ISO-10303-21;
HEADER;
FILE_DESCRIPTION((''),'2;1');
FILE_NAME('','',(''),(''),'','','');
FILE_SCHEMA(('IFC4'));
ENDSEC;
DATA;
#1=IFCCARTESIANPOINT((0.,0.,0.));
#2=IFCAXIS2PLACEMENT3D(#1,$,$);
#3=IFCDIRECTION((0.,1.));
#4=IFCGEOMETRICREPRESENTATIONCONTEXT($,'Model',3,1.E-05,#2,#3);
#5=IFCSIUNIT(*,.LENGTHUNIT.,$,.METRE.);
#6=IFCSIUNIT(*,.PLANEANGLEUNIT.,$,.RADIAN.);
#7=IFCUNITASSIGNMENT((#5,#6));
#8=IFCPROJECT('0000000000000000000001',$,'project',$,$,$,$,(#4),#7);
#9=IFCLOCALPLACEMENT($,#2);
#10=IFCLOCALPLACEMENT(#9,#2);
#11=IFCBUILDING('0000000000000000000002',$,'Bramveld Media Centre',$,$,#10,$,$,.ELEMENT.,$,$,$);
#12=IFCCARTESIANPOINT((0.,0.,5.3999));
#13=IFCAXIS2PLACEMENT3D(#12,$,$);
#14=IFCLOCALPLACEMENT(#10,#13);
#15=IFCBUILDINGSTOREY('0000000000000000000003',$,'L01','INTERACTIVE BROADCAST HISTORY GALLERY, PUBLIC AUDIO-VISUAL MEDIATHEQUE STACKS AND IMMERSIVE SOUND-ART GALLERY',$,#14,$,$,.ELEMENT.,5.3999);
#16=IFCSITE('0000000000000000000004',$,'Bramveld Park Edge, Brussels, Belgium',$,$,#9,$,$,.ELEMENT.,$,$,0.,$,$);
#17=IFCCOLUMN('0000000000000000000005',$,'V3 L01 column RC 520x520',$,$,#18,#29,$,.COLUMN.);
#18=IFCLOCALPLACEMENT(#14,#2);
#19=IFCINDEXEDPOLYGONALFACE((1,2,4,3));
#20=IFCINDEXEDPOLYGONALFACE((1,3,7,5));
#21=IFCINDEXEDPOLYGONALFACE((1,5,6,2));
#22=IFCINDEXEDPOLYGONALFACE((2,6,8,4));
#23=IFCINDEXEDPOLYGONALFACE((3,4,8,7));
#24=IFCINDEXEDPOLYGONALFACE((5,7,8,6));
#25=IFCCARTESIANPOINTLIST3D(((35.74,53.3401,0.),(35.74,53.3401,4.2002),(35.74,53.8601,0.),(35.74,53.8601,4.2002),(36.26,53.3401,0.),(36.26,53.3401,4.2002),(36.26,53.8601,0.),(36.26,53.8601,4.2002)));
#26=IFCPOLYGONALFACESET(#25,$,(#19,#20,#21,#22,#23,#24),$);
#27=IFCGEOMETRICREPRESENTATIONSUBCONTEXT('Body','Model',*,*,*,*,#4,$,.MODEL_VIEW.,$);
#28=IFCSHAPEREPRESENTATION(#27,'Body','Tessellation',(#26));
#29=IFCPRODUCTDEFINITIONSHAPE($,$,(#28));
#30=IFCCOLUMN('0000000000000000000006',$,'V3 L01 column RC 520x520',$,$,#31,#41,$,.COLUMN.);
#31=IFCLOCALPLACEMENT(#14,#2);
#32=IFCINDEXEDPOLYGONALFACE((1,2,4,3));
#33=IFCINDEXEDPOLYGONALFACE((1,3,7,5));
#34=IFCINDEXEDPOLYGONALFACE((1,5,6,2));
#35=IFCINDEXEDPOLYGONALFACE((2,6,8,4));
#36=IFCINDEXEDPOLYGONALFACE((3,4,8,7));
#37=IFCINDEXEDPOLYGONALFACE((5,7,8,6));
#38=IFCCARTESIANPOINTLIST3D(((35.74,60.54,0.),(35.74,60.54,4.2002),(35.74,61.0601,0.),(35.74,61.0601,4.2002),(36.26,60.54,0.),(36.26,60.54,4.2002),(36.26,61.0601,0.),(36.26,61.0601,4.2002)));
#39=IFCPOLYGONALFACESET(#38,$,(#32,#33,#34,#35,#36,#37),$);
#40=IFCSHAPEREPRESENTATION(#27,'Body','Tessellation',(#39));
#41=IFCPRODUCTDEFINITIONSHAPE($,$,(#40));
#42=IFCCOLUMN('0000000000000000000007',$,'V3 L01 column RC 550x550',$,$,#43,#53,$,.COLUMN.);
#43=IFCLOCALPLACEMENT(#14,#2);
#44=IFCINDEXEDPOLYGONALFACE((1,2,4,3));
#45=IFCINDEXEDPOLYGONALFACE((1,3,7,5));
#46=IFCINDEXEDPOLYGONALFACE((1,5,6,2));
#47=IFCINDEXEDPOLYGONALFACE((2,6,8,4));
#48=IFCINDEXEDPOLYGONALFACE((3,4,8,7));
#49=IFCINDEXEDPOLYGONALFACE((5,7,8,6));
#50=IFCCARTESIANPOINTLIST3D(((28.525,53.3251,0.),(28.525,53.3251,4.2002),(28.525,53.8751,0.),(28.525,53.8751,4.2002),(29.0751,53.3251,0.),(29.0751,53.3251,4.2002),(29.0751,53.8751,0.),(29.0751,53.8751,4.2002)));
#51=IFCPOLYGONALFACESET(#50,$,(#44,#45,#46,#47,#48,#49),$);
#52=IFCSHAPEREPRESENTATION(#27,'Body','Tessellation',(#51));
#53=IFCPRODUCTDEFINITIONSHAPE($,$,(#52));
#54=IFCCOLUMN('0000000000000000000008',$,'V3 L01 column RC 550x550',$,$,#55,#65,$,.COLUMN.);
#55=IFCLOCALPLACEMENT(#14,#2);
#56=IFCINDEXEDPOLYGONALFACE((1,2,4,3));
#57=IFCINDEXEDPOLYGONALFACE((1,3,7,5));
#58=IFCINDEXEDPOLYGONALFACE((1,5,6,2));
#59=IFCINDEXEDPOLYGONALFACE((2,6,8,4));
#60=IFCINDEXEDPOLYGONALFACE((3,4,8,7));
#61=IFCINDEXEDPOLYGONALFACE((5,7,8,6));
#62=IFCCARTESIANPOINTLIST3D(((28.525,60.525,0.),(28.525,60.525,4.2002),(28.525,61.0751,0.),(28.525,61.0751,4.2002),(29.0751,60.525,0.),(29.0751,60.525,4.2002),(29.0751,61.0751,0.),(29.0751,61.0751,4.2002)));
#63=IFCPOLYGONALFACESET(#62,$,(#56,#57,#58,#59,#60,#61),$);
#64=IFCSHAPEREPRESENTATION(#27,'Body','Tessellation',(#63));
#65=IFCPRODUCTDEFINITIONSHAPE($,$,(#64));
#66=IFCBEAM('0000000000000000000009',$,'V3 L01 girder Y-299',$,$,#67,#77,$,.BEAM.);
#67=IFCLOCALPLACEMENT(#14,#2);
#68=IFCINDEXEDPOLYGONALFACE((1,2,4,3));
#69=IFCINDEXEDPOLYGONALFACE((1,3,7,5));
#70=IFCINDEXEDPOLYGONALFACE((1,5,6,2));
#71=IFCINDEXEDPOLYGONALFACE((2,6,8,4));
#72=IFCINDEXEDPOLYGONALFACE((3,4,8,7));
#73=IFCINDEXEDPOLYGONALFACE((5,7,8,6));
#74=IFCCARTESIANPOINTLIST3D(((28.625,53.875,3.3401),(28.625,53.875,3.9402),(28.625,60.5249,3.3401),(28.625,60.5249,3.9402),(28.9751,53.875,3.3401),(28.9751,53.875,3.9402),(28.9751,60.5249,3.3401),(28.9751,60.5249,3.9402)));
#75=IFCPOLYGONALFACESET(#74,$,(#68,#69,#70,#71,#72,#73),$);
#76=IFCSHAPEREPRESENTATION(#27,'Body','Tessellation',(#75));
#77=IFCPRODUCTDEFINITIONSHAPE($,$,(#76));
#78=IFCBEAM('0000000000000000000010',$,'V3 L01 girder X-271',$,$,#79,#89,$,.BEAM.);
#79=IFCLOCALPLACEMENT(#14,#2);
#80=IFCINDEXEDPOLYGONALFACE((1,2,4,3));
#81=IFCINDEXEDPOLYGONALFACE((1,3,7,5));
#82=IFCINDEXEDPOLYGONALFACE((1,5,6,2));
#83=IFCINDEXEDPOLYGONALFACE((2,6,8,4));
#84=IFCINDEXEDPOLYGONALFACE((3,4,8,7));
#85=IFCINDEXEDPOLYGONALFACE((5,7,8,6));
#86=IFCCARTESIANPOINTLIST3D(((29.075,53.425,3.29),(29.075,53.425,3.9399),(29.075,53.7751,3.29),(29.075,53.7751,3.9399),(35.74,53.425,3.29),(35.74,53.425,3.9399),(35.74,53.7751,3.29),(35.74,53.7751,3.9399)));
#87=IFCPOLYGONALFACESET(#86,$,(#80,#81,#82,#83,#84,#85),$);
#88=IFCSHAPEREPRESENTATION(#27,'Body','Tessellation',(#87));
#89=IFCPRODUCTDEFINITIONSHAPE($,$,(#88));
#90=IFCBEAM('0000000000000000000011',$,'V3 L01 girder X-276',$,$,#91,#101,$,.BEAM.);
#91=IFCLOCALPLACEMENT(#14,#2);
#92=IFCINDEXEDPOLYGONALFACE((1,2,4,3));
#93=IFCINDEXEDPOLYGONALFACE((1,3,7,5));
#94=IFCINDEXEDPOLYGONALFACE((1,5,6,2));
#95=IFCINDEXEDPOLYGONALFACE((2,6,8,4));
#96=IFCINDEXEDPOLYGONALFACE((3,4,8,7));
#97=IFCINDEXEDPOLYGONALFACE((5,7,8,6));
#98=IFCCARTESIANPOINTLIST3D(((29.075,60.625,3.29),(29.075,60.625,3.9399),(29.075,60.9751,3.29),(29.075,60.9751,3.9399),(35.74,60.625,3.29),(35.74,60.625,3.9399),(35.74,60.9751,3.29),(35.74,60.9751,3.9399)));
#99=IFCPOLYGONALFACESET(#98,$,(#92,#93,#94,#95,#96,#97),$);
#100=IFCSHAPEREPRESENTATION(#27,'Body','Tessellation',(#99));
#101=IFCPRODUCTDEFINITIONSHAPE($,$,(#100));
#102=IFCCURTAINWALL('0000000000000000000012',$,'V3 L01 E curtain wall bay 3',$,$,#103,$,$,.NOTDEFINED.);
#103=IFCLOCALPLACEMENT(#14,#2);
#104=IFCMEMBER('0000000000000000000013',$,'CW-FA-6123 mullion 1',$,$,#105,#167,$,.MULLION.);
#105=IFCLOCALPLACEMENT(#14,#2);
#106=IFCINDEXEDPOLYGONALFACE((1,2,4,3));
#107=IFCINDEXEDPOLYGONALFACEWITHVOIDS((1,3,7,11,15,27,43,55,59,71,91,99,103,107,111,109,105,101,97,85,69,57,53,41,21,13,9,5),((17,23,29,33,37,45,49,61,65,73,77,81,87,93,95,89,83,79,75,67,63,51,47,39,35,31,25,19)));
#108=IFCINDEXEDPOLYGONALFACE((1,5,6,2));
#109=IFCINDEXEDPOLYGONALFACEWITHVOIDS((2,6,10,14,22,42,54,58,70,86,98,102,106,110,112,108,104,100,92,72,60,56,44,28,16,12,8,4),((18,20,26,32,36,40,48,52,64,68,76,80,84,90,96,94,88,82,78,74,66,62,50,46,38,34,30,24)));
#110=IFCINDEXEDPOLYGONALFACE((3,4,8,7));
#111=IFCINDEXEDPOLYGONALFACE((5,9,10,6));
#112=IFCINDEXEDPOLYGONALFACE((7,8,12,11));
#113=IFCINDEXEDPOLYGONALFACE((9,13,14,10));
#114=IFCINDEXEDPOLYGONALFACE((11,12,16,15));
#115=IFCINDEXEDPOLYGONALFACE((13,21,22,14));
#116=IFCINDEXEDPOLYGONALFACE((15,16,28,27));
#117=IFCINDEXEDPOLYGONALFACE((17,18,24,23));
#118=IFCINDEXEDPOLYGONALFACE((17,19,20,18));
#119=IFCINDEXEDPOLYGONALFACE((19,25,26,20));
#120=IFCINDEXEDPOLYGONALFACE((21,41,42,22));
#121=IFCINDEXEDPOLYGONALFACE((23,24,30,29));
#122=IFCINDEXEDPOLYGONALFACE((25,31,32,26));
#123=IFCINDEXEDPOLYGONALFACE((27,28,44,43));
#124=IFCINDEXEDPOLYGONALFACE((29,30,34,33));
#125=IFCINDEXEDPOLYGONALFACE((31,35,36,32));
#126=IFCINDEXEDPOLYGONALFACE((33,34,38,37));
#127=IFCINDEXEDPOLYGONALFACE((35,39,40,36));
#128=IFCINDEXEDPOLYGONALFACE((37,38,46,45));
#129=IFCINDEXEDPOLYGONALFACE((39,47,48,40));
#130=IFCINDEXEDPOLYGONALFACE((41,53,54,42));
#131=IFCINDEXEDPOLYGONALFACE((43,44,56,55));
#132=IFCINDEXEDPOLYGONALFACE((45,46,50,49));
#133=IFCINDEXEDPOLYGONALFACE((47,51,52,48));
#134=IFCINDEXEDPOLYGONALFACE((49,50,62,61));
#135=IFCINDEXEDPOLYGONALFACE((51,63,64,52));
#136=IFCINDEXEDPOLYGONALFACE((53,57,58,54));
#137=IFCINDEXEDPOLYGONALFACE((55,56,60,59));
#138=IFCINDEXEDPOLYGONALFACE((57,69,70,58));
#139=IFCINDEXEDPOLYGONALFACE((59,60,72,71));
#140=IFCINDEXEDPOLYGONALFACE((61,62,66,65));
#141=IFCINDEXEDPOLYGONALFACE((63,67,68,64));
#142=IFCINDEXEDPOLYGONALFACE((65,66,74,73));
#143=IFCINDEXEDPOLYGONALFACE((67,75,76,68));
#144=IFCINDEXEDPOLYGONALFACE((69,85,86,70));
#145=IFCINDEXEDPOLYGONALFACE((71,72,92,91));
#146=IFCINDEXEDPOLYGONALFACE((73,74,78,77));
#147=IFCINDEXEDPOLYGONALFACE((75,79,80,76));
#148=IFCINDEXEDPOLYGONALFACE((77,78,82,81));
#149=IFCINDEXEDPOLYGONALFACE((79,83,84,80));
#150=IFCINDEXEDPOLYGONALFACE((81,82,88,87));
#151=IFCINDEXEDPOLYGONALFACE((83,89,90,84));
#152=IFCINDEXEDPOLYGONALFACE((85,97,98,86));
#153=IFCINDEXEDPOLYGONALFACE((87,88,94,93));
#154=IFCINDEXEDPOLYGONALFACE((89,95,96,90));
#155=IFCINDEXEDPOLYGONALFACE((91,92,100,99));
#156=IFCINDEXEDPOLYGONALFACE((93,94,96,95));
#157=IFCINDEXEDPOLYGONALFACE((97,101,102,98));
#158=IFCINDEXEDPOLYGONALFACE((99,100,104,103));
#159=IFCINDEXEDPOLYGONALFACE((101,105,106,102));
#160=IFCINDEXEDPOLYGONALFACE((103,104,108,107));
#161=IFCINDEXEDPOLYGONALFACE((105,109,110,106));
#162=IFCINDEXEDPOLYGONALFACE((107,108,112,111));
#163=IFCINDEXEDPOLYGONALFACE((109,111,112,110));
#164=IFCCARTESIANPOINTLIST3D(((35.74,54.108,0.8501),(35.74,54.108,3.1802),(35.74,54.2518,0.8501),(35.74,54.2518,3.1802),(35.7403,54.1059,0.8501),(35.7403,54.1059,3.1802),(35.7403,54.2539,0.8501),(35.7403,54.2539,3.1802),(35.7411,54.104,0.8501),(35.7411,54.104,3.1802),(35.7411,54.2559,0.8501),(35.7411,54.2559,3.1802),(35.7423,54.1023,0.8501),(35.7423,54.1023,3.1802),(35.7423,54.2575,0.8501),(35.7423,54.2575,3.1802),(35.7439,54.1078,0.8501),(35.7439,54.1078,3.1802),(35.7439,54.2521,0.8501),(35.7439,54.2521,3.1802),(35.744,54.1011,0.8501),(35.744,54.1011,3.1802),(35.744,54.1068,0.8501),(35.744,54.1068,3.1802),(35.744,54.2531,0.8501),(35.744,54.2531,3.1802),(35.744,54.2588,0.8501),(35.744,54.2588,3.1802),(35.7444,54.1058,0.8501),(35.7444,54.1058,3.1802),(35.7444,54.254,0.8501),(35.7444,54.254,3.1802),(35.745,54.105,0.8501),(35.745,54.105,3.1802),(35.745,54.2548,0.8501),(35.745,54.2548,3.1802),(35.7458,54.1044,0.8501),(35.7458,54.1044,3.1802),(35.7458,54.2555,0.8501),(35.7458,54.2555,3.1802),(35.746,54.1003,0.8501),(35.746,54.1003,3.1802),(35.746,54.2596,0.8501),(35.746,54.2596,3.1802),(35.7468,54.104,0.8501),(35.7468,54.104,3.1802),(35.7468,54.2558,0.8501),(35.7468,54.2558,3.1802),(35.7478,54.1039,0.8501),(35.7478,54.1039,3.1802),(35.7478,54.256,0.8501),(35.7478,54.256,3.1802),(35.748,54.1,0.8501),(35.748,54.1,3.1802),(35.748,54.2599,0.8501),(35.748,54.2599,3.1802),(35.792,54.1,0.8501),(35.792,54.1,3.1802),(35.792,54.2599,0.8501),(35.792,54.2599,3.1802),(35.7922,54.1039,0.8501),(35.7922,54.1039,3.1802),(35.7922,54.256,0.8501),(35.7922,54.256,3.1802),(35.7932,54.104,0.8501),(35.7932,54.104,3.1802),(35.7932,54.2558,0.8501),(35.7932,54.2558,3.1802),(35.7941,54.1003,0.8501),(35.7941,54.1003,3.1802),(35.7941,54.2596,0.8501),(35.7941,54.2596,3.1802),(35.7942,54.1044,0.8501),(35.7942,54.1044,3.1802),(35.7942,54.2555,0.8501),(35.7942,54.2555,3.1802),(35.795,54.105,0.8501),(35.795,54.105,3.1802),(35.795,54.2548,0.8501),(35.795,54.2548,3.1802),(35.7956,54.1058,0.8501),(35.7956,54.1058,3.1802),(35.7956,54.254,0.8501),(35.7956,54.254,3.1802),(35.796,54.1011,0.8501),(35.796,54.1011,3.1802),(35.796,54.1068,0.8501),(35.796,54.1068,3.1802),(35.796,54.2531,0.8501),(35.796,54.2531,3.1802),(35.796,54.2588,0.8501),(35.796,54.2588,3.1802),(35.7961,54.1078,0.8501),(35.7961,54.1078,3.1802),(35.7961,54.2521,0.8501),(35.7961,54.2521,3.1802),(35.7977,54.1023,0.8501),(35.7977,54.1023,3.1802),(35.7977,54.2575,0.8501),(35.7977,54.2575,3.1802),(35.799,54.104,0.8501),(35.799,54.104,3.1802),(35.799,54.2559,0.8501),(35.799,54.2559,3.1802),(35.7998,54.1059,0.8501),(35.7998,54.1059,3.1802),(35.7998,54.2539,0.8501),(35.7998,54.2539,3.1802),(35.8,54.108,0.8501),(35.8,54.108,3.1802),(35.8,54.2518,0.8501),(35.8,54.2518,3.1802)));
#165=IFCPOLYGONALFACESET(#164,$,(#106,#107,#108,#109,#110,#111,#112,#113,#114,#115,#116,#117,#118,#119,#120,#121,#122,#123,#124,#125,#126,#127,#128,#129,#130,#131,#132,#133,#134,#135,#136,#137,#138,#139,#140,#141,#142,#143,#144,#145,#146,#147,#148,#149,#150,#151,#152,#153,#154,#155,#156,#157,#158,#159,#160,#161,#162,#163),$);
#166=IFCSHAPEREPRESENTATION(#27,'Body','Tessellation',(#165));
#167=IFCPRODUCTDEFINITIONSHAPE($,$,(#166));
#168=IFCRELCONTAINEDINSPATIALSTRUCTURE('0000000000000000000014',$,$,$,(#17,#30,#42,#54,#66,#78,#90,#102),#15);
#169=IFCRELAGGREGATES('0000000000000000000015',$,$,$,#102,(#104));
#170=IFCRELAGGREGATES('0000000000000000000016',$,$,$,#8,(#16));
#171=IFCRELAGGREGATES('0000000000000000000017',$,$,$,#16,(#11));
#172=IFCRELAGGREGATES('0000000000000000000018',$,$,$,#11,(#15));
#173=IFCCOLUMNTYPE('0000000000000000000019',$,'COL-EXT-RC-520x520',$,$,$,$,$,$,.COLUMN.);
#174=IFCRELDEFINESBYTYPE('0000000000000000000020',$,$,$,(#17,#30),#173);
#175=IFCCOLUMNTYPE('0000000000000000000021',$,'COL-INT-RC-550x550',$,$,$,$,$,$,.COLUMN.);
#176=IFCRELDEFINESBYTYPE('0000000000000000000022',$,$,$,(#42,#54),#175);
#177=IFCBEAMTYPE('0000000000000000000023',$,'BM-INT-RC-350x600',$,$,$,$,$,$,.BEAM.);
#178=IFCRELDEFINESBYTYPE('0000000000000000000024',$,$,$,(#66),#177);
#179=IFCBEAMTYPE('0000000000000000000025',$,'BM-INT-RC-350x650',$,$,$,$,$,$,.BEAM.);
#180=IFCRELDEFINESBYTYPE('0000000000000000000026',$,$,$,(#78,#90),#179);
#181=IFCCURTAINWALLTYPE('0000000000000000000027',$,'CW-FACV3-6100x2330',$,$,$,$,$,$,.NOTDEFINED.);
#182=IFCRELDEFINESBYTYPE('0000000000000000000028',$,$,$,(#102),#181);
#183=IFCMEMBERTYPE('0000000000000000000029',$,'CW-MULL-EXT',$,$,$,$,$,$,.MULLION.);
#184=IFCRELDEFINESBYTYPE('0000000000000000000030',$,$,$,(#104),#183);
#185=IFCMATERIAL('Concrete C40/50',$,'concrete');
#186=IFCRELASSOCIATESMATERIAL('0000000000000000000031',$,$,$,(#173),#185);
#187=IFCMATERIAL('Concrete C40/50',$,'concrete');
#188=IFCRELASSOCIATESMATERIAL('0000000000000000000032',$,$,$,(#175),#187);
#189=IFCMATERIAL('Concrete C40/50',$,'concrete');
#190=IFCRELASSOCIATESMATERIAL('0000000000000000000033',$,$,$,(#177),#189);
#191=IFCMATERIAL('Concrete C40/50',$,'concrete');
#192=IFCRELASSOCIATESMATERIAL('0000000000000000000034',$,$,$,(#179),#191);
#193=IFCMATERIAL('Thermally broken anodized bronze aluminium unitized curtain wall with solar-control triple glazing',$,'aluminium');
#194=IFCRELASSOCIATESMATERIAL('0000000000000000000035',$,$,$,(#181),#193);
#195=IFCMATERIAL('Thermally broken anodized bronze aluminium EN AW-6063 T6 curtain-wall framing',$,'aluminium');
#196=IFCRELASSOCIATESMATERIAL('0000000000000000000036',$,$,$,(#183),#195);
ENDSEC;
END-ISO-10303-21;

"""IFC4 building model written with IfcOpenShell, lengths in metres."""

from ifc_helpers import new_model, si_unit, direction, frame, origin, origin_2d, place, context, subcontext, project, spatial, rectangle, hollow_rectangle, extrude, material, material_profile, profile_set, type_object, element, aggregate, save


model = new_model("IFC4")

# Units and contexts
model_context = context("Model", 3, precision=1e-05, world=origin(), true_north=direction((0.0, 1.0)))
body_context = subcontext(model_context, "Body", "Model", "MODEL_VIEW")
ifc_project = project(units=[si_unit("LENGTHUNIT", "METRE"), si_unit("PLANEANGLEUNIT", "RADIAN")], contexts=[model_context])

# Site, building, storey
site_placement = place(None, origin())
site = spatial("IfcSite", under=ifc_project, at=site_placement, Name="Bramveld Park Edge, Brussels, Belgium", CompositionType="ELEMENT", RefElevation=0.0)
building_placement = place(site_placement, origin())
building = spatial("IfcBuilding", under=site, at=building_placement, Name="Bramveld Media Centre", CompositionType="ELEMENT")
storey_placement = place(building_placement, frame((0.0, 0.0, 5.3999)))
storey = spatial("IfcBuildingStorey", under=building, at=storey_placement, Name="L01", Description="INTERACTIVE BROADCAST HISTORY GALLERY, PUBLIC AUDIO-VISUAL MEDIATHEQUE STACKS AND IMMERSIVE SOUND-ART GALLERY", CompositionType="ELEMENT", Elevation=5.3999)

# Columns
ifc_material_1 = material(Name="Concrete C40/50", Category="concrete")
ifc_material_profile_1 = material_profile(ifc_material_1, rectangle(XDim=0.52, YDim=0.52, at=origin_2d()), Name="RC 520x520")
ifc_profile_set_1 = profile_set([ifc_material_profile_1], Name="Concrete C40/50")
column_type_1 = type_object("IfcColumnType", Name="COL-EXT-RC-520x520", PredefinedType="COLUMN", material=ifc_profile_set_1)
for number, where, z_axis, x_axis, name in (
    (1, (36.0, 53.6001, 0.0), (0.0, 0.0, 1.0), (1.0, 0.0, 0.0), "V3 L01 column RC 520x520"),
    (2, (36.0, 60.8, 0.0), (0.0, 0.0, 1.0), (1.0, 0.0, 0.0), "V3 L01 column RC 520x520"),
):
    element("IfcColumn", number, at=place(storey_placement, frame(where, z_axis=z_axis, x_axis=x_axis)), inside=storey, type_object=column_type_1, Name=name, PredefinedType="COLUMN", context=body_context, shape_type="SweptSolid", body=[
        extrude(rectangle(XDim=0.52, YDim=0.52, at=origin_2d()), origin(), (0.0, 0.0, 1.0), 4.2002),
    ])
ifc_material_2 = material(Name="Concrete C40/50", Category="concrete")
ifc_material_profile_2 = material_profile(ifc_material_2, rectangle(XDim=0.55, YDim=0.55, at=origin_2d()), Name="RC 550x550")
ifc_profile_set_2 = profile_set([ifc_material_profile_2], Name="Concrete C40/50")
column_type_2 = type_object("IfcColumnType", Name="COL-INT-RC-550x550", PredefinedType="COLUMN", material=ifc_profile_set_2)
for number, where, z_axis, x_axis, name in (
    (3, (28.8, 53.6001, 0.0), (0.0, 0.0, 1.0), (1.0, 0.0, 0.0), "V3 L01 column RC 550x550"),
    (4, (28.8, 60.8, 0.0), (0.0, 0.0, 1.0), (1.0, 0.0, 0.0), "V3 L01 column RC 550x550"),
):
    element("IfcColumn", number, at=place(storey_placement, frame(where, z_axis=z_axis, x_axis=x_axis)), inside=storey, type_object=column_type_2, Name=name, PredefinedType="COLUMN", context=body_context, shape_type="SweptSolid", body=[
        extrude(rectangle(XDim=0.55, YDim=0.55, at=origin_2d()), origin(), (0.0, 0.0, 1.0), 4.2002),
    ])

# Beams
ifc_material_3 = material(Name="Concrete C40/50", Category="concrete")
ifc_material_profile_3 = material_profile(ifc_material_3, rectangle(XDim=0.3501, YDim=0.6001, at=origin_2d()), Name="RC 350x600")
ifc_profile_set_3 = profile_set([ifc_material_profile_3], Name="Concrete C40/50")
beam_type_1 = type_object("IfcBeamType", Name="BM-INT-RC-350x600", PredefinedType="BEAM", material=ifc_profile_set_3)
beam_1_placement = place(storey_placement, frame((28.8, 53.875, 3.6401), z_axis=(0.0, 1.0, 0.0), x_axis=(-1.0, 0.0, 0.0)))
element("IfcBeam", 5, at=beam_1_placement, inside=storey, type_object=beam_type_1, Name="V3 L01 girder Y-299", PredefinedType="BEAM", context=body_context, shape_type="SweptSolid", body=[
    extrude(rectangle(XDim=0.3501, YDim=0.6001, at=origin_2d()), origin(), (0.0, 0.0, 1.0), 6.6499),
])
ifc_material_4 = material(Name="Concrete C40/50", Category="concrete")
ifc_material_profile_4 = material_profile(ifc_material_4, rectangle(XDim=0.3501, YDim=0.6499, at=origin_2d()), Name="RC 350x650")
ifc_profile_set_4 = profile_set([ifc_material_profile_4], Name="Concrete C40/50")
beam_type_2 = type_object("IfcBeamType", Name="BM-INT-RC-350x650", PredefinedType="BEAM", material=ifc_profile_set_4)
for number, where, z_axis, x_axis, name in (
    (6, (29.075, 53.6001, 3.615), (1.0, 0.0, 0.0), (0.0, 1.0, 0.0), "V3 L01 girder X-271"),
    (7, (29.075, 60.8, 3.615), (1.0, 0.0, 0.0), (0.0, 1.0, 0.0), "V3 L01 girder X-276"),
):
    element("IfcBeam", number, at=place(storey_placement, frame(where, z_axis=z_axis, x_axis=x_axis)), inside=storey, type_object=beam_type_2, Name=name, PredefinedType="BEAM", context=body_context, shape_type="SweptSolid", body=[
        extrude(rectangle(XDim=0.3501, YDim=0.6499, at=origin_2d()), origin(), (0.0, 0.0, 1.0), 6.665),
    ])

# Curtain wall, member
ifc_material_5 = material(Name="Thermally broken anodized bronze aluminium unitized curtain wall with solar-control triple glazing", Category="aluminium")
curtain_wall_type = type_object("IfcCurtainWallType", Name="CW-FACV3-6100x2330", PredefinedType="NOTDEFINED", material=ifc_material_5)
curtain_wall_placement = place(storey_placement, origin())
curtain_wall = element("IfcCurtainWall", 8, at=curtain_wall_placement, inside=storey, type_object=curtain_wall_type, Name="V3 L01 E curtain wall bay 3", PredefinedType="NOTDEFINED")
ifc_material_6 = material(Name="Thermally broken anodized bronze aluminium EN AW-6063 T6 curtain-wall framing", Category="aluminium")
ifc_material_profile_5 = material_profile(ifc_material_6, hollow_rectangle(XDim=0.0601, YDim=0.1599, WallThickness=0.0039, InnerFilletRadius=0.0039, OuterFilletRadius=0.0081, at=origin_2d()), Name="AL-MULL 60x160")
ifc_profile_set_5 = profile_set([ifc_material_profile_5], Name="Thermally broken anodized bronze aluminium EN AW-6063 T6 curtain-wall framing")
member_type_1 = type_object("IfcMemberType", Name="CW-MULL-EXT", PredefinedType="MULLION", material=ifc_profile_set_5)
member_1_placement = place(storey_placement, frame((35.77, 54.1799, 0.8501), z_axis=(0.0, 0.0, 1.0), x_axis=(-1.0, 0.0, 0.0)))
member_1 = element("IfcMember", 9, at=member_1_placement, type_object=member_type_1, Name="CW-FA-6123 mullion 1", PredefinedType="MULLION", context=body_context, shape_type="SweptSolid", body=[
    extrude(hollow_rectangle(XDim=0.0601, YDim=0.1599, WallThickness=0.0039, InnerFilletRadius=0.0039, OuterFilletRadius=0.0081, at=origin_2d()), origin(), (0.0, 0.0, 1.0), 2.3301),
])

aggregate(curtain_wall, [member_1])

save(model, "model.ifc")
